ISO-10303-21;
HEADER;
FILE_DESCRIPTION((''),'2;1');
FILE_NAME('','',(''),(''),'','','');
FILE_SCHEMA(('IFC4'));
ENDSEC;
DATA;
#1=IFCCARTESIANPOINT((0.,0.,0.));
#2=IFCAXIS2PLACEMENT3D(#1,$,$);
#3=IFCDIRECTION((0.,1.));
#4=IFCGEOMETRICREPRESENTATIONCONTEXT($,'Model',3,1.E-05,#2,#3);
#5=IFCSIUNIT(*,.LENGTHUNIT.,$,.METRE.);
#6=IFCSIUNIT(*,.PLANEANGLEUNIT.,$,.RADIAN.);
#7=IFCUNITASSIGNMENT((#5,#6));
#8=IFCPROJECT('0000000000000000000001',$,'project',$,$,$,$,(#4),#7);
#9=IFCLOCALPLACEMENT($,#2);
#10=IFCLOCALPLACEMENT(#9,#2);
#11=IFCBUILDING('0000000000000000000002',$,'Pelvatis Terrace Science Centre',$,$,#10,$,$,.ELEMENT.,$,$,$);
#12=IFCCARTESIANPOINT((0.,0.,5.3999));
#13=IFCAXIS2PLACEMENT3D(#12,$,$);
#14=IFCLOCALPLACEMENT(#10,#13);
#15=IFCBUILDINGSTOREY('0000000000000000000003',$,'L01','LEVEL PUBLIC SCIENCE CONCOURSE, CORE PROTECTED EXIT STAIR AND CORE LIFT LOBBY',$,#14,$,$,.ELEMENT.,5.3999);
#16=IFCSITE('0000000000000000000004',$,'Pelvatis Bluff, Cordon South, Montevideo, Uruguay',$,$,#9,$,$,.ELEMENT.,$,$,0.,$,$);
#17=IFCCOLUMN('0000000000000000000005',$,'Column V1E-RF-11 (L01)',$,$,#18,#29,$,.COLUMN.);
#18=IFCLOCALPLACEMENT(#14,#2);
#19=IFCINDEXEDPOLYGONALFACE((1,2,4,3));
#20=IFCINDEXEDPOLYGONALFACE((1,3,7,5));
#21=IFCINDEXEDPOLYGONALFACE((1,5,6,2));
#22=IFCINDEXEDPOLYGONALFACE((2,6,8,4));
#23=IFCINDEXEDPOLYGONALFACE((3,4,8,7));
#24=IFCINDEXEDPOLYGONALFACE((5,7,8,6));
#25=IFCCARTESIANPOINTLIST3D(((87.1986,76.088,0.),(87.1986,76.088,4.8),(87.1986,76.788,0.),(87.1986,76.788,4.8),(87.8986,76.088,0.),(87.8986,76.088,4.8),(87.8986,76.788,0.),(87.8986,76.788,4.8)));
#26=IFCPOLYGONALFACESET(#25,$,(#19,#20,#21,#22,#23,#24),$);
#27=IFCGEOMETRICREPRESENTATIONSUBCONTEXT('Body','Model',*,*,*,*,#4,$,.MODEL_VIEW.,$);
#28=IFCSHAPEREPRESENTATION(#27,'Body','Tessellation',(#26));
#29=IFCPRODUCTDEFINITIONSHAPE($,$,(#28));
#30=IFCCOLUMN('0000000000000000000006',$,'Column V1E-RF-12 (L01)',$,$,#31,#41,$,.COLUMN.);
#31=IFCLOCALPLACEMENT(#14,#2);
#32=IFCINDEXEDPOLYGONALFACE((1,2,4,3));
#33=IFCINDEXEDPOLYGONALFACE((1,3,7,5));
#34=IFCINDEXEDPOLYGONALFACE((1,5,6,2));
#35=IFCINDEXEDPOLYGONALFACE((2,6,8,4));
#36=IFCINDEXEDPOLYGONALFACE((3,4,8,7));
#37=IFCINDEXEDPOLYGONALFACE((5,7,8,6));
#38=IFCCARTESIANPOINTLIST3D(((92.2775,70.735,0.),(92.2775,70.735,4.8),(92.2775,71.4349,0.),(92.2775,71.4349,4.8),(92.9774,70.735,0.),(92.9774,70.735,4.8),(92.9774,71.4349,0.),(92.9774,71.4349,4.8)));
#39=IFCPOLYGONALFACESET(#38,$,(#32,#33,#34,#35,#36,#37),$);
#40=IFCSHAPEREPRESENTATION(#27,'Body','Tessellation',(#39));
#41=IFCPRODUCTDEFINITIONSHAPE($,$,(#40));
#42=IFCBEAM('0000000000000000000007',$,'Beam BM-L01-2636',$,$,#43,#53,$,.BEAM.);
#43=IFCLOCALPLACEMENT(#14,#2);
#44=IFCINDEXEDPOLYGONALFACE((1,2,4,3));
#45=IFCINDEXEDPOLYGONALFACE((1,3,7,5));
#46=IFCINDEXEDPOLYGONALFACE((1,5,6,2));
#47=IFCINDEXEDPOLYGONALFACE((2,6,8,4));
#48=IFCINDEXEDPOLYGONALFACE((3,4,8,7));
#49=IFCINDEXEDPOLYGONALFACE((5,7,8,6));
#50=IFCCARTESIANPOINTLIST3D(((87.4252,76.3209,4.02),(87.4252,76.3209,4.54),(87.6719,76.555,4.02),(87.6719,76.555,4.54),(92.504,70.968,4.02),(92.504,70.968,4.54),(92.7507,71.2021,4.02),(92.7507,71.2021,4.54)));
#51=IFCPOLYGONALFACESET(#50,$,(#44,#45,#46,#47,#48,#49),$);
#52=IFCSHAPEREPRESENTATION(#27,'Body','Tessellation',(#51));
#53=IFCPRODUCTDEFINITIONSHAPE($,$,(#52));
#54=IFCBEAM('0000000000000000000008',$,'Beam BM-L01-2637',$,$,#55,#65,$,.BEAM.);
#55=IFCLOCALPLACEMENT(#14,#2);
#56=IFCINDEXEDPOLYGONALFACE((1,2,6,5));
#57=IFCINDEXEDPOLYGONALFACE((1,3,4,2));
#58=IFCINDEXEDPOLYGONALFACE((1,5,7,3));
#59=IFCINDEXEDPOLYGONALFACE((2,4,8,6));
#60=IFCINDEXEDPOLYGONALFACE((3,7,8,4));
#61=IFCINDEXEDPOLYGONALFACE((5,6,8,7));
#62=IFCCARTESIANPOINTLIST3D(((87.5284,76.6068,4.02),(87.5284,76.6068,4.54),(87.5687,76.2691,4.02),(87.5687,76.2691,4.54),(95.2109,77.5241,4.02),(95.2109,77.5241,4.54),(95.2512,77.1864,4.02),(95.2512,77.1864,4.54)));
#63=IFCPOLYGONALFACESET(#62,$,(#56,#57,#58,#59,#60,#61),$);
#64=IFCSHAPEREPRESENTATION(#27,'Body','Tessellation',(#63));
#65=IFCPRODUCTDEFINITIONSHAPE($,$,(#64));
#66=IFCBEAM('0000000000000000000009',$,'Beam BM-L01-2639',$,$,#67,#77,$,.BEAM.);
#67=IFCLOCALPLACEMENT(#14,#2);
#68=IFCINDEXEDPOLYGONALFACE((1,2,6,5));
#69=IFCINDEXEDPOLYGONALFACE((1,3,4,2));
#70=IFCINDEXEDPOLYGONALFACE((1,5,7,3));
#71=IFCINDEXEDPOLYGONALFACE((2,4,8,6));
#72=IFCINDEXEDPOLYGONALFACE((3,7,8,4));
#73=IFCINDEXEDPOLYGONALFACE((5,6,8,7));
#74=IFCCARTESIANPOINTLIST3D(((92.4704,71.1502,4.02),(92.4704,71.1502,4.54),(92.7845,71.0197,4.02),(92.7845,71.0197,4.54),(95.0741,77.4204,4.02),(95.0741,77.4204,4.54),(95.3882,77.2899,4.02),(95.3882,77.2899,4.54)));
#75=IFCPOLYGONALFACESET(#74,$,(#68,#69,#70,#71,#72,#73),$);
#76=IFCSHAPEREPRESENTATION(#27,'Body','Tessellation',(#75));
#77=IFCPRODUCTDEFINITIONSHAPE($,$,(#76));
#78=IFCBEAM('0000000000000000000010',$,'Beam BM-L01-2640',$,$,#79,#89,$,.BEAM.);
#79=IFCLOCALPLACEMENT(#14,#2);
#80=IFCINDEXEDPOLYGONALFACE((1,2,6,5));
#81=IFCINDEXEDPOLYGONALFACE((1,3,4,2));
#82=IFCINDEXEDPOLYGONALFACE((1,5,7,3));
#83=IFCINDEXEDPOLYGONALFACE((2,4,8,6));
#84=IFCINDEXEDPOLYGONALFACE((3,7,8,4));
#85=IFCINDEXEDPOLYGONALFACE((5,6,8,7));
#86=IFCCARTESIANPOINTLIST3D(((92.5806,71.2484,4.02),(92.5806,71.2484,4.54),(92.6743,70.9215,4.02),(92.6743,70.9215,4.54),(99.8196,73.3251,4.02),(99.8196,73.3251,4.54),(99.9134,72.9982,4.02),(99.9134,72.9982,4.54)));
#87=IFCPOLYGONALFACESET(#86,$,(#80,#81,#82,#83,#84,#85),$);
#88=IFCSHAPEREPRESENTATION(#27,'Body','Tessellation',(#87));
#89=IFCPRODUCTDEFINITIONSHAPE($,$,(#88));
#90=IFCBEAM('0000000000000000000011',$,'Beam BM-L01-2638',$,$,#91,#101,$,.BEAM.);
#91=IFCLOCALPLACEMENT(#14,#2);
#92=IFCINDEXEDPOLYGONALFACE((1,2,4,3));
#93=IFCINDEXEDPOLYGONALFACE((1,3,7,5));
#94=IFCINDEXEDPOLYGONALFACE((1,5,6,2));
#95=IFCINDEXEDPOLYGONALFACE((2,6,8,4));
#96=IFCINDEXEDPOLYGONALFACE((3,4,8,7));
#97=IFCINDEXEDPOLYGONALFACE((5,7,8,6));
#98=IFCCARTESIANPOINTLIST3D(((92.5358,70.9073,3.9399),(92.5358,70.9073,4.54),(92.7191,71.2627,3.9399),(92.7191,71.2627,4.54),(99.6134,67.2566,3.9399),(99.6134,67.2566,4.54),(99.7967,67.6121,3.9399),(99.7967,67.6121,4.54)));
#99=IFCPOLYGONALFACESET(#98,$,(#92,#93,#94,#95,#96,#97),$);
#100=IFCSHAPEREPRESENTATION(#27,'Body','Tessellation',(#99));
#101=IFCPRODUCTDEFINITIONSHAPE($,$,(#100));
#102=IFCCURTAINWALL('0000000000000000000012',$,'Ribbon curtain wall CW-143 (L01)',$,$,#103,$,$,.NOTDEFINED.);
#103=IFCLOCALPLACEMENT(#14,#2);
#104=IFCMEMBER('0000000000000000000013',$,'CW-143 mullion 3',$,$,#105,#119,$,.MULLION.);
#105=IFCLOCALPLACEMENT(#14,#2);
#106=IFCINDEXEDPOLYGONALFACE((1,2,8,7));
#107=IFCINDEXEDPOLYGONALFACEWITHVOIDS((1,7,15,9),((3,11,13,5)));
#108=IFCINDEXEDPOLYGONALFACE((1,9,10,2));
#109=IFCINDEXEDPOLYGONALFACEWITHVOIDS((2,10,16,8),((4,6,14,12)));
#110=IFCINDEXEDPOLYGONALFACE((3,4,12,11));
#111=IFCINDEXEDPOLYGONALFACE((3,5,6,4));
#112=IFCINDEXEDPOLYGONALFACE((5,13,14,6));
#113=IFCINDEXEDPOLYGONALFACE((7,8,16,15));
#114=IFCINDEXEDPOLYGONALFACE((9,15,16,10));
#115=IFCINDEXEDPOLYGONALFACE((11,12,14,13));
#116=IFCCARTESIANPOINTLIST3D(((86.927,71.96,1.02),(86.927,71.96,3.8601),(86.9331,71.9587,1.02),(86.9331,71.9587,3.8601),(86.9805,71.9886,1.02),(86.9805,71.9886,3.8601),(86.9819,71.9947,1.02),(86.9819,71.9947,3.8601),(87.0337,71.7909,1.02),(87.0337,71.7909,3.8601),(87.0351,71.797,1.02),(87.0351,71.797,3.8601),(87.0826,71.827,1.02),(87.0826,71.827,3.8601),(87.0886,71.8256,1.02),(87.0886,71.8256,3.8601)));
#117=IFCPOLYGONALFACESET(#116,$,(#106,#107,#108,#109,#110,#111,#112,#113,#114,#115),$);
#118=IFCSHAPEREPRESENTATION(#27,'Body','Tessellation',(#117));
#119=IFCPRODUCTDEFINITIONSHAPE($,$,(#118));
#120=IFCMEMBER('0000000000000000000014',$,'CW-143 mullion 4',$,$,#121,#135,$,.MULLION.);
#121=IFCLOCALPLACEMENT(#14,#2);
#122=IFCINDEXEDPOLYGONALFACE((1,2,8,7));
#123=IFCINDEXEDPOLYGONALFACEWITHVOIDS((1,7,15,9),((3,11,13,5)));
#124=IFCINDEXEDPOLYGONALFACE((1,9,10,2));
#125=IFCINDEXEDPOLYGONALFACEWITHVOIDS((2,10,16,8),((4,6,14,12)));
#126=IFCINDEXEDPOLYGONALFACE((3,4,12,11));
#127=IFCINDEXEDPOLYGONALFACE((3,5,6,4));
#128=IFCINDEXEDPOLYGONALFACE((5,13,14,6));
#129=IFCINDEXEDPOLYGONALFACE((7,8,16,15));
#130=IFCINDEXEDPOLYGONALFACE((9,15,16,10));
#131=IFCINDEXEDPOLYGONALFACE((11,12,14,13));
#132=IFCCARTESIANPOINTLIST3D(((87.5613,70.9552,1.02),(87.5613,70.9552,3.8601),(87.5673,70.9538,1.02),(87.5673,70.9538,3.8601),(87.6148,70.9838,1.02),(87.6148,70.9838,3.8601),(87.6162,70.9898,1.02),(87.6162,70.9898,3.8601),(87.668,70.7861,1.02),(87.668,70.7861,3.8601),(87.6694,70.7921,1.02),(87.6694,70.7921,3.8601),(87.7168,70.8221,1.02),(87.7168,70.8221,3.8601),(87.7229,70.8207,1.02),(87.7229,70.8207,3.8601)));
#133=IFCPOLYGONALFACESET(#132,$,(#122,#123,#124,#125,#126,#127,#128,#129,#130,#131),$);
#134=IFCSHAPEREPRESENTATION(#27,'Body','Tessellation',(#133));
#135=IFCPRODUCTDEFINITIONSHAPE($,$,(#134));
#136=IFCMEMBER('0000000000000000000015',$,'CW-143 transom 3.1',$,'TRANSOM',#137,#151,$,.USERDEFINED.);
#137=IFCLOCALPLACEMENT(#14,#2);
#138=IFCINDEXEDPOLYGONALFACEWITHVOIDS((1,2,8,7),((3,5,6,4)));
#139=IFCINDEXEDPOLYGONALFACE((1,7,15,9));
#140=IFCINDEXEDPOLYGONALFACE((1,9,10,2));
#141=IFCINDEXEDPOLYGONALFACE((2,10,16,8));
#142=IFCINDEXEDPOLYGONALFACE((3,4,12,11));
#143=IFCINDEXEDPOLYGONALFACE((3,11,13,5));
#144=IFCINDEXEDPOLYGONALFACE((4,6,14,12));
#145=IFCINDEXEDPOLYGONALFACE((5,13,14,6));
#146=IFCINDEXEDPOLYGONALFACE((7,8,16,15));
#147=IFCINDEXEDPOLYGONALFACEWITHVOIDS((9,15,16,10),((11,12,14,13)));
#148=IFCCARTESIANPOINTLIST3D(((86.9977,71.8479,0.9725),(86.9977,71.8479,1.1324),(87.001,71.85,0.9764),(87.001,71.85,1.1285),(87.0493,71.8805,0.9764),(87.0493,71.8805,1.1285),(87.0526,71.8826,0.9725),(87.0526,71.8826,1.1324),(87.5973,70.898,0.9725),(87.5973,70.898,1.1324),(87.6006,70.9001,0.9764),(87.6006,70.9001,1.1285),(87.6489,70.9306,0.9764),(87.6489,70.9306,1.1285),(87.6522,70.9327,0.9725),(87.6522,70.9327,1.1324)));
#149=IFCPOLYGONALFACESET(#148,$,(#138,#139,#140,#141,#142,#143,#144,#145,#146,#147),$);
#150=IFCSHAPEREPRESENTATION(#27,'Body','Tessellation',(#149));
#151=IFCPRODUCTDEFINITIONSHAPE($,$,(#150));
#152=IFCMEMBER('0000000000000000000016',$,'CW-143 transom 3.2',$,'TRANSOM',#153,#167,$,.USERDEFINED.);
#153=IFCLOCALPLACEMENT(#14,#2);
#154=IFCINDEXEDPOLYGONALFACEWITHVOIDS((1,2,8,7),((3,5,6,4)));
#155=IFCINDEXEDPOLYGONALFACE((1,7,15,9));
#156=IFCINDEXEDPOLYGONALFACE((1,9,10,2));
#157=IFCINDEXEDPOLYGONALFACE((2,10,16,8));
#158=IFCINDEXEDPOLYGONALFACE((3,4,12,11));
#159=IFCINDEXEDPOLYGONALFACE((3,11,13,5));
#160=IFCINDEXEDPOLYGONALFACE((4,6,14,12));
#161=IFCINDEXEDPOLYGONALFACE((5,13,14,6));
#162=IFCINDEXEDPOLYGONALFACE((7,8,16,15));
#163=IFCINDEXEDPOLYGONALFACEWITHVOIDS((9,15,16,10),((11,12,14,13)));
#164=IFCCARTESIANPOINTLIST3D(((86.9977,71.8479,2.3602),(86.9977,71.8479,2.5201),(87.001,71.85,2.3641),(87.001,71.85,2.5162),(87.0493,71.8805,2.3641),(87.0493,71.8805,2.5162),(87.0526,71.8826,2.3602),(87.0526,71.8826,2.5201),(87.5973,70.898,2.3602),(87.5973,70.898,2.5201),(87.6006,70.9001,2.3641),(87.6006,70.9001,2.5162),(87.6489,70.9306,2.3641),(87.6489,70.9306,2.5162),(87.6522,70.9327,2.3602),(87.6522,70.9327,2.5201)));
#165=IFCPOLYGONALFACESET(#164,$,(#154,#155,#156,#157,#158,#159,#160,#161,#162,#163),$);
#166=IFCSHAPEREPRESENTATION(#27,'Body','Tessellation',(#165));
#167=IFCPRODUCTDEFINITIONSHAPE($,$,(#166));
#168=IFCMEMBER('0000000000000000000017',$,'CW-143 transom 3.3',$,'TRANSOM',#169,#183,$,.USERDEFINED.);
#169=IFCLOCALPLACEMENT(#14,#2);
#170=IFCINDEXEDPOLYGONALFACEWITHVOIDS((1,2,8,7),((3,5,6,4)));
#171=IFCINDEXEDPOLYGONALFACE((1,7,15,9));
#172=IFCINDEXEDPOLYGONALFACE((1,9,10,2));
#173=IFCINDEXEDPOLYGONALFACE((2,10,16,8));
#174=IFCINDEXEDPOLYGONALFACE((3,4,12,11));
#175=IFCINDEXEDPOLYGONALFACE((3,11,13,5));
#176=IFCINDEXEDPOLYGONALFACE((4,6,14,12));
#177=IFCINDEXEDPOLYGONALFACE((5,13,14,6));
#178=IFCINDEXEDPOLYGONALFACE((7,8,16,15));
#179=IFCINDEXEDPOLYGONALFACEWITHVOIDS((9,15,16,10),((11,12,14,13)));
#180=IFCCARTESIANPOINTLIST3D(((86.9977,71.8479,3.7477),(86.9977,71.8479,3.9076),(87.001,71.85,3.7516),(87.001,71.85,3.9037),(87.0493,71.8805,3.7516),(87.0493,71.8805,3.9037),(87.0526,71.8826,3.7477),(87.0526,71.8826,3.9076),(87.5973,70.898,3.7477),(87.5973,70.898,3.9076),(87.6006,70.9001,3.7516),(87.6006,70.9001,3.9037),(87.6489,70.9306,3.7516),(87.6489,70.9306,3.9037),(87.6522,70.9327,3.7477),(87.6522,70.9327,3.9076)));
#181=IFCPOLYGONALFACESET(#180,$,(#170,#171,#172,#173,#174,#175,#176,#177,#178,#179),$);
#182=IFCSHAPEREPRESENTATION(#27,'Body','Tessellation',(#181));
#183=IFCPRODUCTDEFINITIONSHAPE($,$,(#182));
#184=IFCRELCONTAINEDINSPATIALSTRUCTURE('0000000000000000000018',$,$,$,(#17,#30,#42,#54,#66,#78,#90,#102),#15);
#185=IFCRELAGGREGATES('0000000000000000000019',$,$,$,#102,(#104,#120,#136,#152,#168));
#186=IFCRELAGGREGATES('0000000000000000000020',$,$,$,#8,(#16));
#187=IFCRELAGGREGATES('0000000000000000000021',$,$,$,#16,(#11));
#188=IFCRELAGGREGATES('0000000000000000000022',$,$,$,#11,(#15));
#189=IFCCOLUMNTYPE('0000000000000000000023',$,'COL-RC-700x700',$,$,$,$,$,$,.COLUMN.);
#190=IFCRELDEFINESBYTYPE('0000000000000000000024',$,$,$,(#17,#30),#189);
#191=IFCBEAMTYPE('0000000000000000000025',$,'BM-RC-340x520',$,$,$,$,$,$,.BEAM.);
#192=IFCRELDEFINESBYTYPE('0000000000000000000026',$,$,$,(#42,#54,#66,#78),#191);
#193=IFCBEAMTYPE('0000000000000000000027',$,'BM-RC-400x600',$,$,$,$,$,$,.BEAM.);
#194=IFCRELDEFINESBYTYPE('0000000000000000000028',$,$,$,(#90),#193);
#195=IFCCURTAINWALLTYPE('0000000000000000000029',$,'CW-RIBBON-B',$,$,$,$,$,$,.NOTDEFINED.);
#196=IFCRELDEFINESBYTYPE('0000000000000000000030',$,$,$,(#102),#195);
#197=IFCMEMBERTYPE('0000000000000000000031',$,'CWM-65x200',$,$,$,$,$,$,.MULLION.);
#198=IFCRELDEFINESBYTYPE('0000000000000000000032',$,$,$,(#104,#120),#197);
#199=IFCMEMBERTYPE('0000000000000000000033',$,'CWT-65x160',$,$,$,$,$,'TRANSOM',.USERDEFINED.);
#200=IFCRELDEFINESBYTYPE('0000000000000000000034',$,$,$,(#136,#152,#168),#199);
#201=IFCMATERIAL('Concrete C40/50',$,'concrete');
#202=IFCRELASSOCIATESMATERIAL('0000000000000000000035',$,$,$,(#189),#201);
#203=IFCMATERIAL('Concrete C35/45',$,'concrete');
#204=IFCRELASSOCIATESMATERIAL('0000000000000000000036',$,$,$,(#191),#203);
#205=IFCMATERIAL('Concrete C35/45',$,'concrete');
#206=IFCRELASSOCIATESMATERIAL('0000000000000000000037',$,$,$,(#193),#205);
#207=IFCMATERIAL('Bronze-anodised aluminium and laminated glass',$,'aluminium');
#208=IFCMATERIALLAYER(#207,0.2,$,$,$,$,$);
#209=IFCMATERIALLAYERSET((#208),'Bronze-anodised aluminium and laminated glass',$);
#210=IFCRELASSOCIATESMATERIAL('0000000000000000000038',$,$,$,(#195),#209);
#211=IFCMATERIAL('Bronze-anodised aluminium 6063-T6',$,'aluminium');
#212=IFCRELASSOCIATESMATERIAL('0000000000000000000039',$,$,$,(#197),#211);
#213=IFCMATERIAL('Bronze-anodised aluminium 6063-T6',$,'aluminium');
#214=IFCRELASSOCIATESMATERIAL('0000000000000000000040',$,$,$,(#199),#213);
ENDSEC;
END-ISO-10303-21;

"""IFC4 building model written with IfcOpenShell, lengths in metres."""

from ifc_helpers import new_model, si_unit, direction, frame, origin, origin_2d, place, context, subcontext, project, spatial, rectangle, hollow_rectangle, extrude, material, layer, layer_set, material_profile, profile_set, type_object, element, aggregate, save


model = new_model("IFC4")

# Units and contexts
model_context = context("Model", 3, precision=1e-05, world=origin(), true_north=direction((0.0, 1.0)))
body_context = subcontext(model_context, "Body", "Model", "MODEL_VIEW")
ifc_project = project(units=[si_unit("LENGTHUNIT", "METRE"), si_unit("PLANEANGLEUNIT", "RADIAN")], contexts=[model_context])

# Site, building, storey
site_placement = place(None, origin())
site = spatial("IfcSite", under=ifc_project, at=site_placement, Name="Pelvatis Bluff, Cordon South, Montevideo, Uruguay", CompositionType="ELEMENT", RefElevation=0.0)
building_placement = place(site_placement, origin())
building = spatial("IfcBuilding", under=site, at=building_placement, Name="Pelvatis Terrace Science Centre", CompositionType="ELEMENT")
storey_placement = place(building_placement, frame((0.0, 0.0, 5.3999)))
storey = spatial("IfcBuildingStorey", under=building, at=storey_placement, Name="L01", Description="LEVEL PUBLIC SCIENCE CONCOURSE, CORE PROTECTED EXIT STAIR AND CORE LIFT LOBBY", CompositionType="ELEMENT", Elevation=5.3999)

# Columns
ifc_material_1 = material(Name="Concrete C40/50", Category="concrete")
ifc_material_profile_1 = material_profile(ifc_material_1, rectangle(XDim=0.7, YDim=0.7, at=origin_2d()), Name="RC-COL 700x700")
ifc_profile_set_1 = profile_set([ifc_material_profile_1], Name="Concrete C40/50")
column_type = type_object("IfcColumnType", Name="COL-RC-700x700", PredefinedType="COLUMN", material=ifc_profile_set_1)
for number, where, z_axis, x_axis, name in (
    (1, (87.5486, 76.438, 0.0), (0.0, 0.0, 1.0), (1.0, 0.0, 0.0), "Column V1E-RF-11 (L01)"),
    (2, (92.6274, 71.085, 0.0), (0.0, 0.0, 1.0), (1.0, 0.0, 0.0), "Column V1E-RF-12 (L01)"),
):
    element("IfcColumn", number, at=place(storey_placement, frame(where, z_axis=z_axis, x_axis=x_axis)), inside=storey, type_object=column_type, Name=name, PredefinedType="COLUMN", context=body_context, shape_type="SweptSolid", body=[
        extrude(rectangle(XDim=0.7, YDim=0.7, at=origin_2d()), origin(), (0.0, 0.0, 1.0), 4.8),
    ])

# Beams
ifc_material_2 = material(Name="Concrete C35/45", Category="concrete")
ifc_material_profile_2 = material_profile(ifc_material_2, rectangle(XDim=0.3401, YDim=0.52, at=origin_2d()), Name="RC-BM 340x520")
ifc_profile_set_2 = profile_set([ifc_material_profile_2], Name="Concrete C35/45")
beam_type_1 = type_object("IfcBeamType", Name="BM-RC-340x520", PredefinedType="BEAM", material=ifc_profile_set_2)
beam_1_placement = place(storey_placement, frame((87.5486, 76.438, 4.28), z_axis=(0.688285, -0.72544, 0.0), x_axis=(0.72544, 0.688285, 0.0)))
element("IfcBeam", 3, at=beam_1_placement, inside=storey, type_object=beam_type_1, Name="Beam BM-L01-2636", PredefinedType="BEAM", context=body_context, shape_type="SweptSolid", body=[
    extrude(rectangle(XDim=0.3401, YDim=0.52, at=origin_2d()), origin(), (0.0, 0.0, 1.0), 7.3789),
])
beam_2_placement = place(storey_placement, frame((87.5486, 76.438, 4.28), z_axis=(0.992948, 0.118549, 0.0), x_axis=(-0.118549, 0.992948, 0.0)))
element("IfcBeam", 4, at=beam_2_placement, inside=storey, type_object=beam_type_1, Name="Beam BM-L01-2637", PredefinedType="BEAM", context=body_context, shape_type="SweptSolid", body=[
    extrude(rectangle(XDim=0.3401, YDim=0.52, at=origin_2d()), origin(), (0.0, 0.0, 1.0), 7.7371),
])
beam_3_placement = place(storey_placement, frame((92.6274, 71.085, 4.28), z_axis=(0.383504, 0.923539, 0.0), x_axis=(-0.923539, 0.383504, 0.0)))
element("IfcBeam", 5, at=beam_3_placement, inside=storey, type_object=beam_type_1, Name="Beam BM-L01-2639", PredefinedType="BEAM", context=body_context, shape_type="SweptSolid", body=[
    extrude(rectangle(XDim=0.3401, YDim=0.52, at=origin_2d()), origin(), (0.0, 0.0, 1.0), 6.7893),
])
beam_4_placement = place(storey_placement, frame((92.6274, 71.085, 4.28), z_axis=(0.96123, 0.275749, 0.0), x_axis=(-0.275749, 0.96123, 0.0)))
element("IfcBeam", 6, at=beam_4_placement, inside=storey, type_object=beam_type_1, Name="Beam BM-L01-2640", PredefinedType="BEAM", context=body_context, shape_type="SweptSolid", body=[
    extrude(rectangle(XDim=0.3401, YDim=0.52, at=origin_2d()), origin(), (0.0, 0.0, 1.0), 7.531),
])
ifc_material_3 = material(Name="Concrete C35/45", Category="concrete")
ifc_material_profile_3 = material_profile(ifc_material_3, rectangle(XDim=0.3999, YDim=0.6001, at=origin_2d()), Name="RC-BM 400x600")
ifc_profile_set_3 = profile_set([ifc_material_profile_3], Name="Concrete C35/45")
beam_type_2 = type_object("IfcBeamType", Name="BM-RC-400x600", PredefinedType="BEAM", material=ifc_profile_set_3)
beam_5_placement = place(storey_placement, frame((92.6274, 71.085, 4.24), z_axis=(0.88874, -0.458411, 0.0), x_axis=(0.458411, 0.88874, 0.0)))
element("IfcBeam", 7, at=beam_5_placement, inside=storey, type_object=beam_type_2, Name="Beam BM-L01-2638", PredefinedType="BEAM", context=body_context, shape_type="SweptSolid", body=[
    extrude(rectangle(XDim=0.3999, YDim=0.6001, at=origin_2d()), origin(), (0.0, 0.0, 1.0), 7.9636),
])

# Curtain wall, members
ifc_material_4 = material(Name="Bronze-anodised aluminium and laminated glass", Category="aluminium")
ifc_layer_1 = layer(ifc_material_4, 0.2)
ifc_layer_set_1 = layer_set([ifc_layer_1], Name="Bronze-anodised aluminium and laminated glass")
curtain_wall_type = type_object("IfcCurtainWallType", Name="CW-RIBBON-B", PredefinedType="NOTDEFINED", material=ifc_layer_set_1)
curtain_wall_placement = place(storey_placement, origin())
curtain_wall = element("IfcCurtainWall", 8, at=curtain_wall_placement, inside=storey, type_object=curtain_wall_type, Name="Ribbon curtain wall CW-143 (L01)", PredefinedType="NOTDEFINED")
ifc_material_5 = material(Name="Bronze-anodised aluminium 6063-T6", Category="aluminium")
ifc_material_profile_4 = material_profile(ifc_material_5, hollow_rectangle(XDim=0.0649, YDim=0.2, WallThickness=0.0044, at=origin_2d()), Name="ALU-MUL 65x200")
ifc_profile_set_4 = profile_set([ifc_material_profile_4], Name="Bronze-anodised aluminium 6063-T6")
member_type_1 = type_object("IfcMemberType", Name="CWM-65x200", PredefinedType="MULLION", material=ifc_profile_set_4)
member_1_placement = place(storey_placement, frame((87.0078, 71.8928, 1.02), z_axis=(0.0, 0.0, 1.0), x_axis=(0.845678, 0.533693, 0.0)))
member_1 = element("IfcMember", 9, at=member_1_placement, type_object=member_type_1, Name="CW-143 mullion 3", PredefinedType="MULLION", context=body_context, shape_type="SweptSolid", body=[
    extrude(hollow_rectangle(XDim=0.0649, YDim=0.2, WallThickness=0.0044, at=origin_2d()), origin(), (0.0, 0.0, 1.0), 2.8401),
])
member_2_placement = place(storey_placement, frame((87.6421, 70.8879, 1.02), z_axis=(0.0, 0.0, 1.0), x_axis=(0.845678, 0.533693, 0.0)))
member_2 = element("IfcMember", 10, at=member_2_placement, type_object=member_type_1, Name="CW-143 mullion 4", PredefinedType="MULLION", context=body_context, shape_type="SweptSolid", body=[
    extrude(hollow_rectangle(XDim=0.0649, YDim=0.2, WallThickness=0.0044, at=origin_2d()), origin(), (0.0, 0.0, 1.0), 2.8401),
])
ifc_material_6 = material(Name="Bronze-anodised aluminium 6063-T6", Category="aluminium")
ifc_material_profile_5 = material_profile(ifc_material_6, hollow_rectangle(XDim=0.0649, YDim=0.1599, WallThickness=0.0039, at=origin_2d()), Name="ALU-TRN 65x160")
ifc_profile_set_5 = profile_set([ifc_material_profile_5], Name="Bronze-anodised aluminium 6063-T6")
member_type_2 = type_object("IfcMemberType", Name="CWT-65x160", ElementType="TRANSOM", PredefinedType="USERDEFINED", material=ifc_profile_set_5)
member_3_placement = place(storey_placement, frame((87.0251, 71.8652, 1.0525), z_axis=(0.533764, -0.845633, 0.0), x_axis=(0.845633, 0.533764, 0.0)))
member_3 = element("IfcMember", 11, at=member_3_placement, type_object=member_type_2, Name="CW-143 transom 3.1", ObjectType="TRANSOM", PredefinedType="USERDEFINED", context=body_context, shape_type="SweptSolid", body=[
    extrude(hollow_rectangle(XDim=0.0649, YDim=0.1599, WallThickness=0.0039, at=origin_2d()), origin(), (0.0, 0.0, 1.0), 1.1233),
])
member_4_placement = place(storey_placement, frame((87.0251, 71.8652, 2.4402), z_axis=(0.533764, -0.845633, 0.0), x_axis=(0.845633, 0.533764, 0.0)))
member_4 = element("IfcMember", 12, at=member_4_placement, type_object=member_type_2, Name="CW-143 transom 3.2", ObjectType="TRANSOM", PredefinedType="USERDEFINED", context=body_context, shape_type="SweptSolid", body=[
    extrude(hollow_rectangle(XDim=0.0649, YDim=0.1599, WallThickness=0.0039, at=origin_2d()), origin(), (0.0, 0.0, 1.0), 1.1233),
])
member_5_placement = place(storey_placement, frame((87.0251, 71.8652, 3.8276), z_axis=(0.533764, -0.845633, 0.0), x_axis=(0.845633, 0.533764, 0.0)))
member_5 = element("IfcMember", 13, at=member_5_placement, type_object=member_type_2, Name="CW-143 transom 3.3", ObjectType="TRANSOM", PredefinedType="USERDEFINED", context=body_context, shape_type="SweptSolid", body=[
    extrude(hollow_rectangle(XDim=0.0649, YDim=0.1599, WallThickness=0.0039, at=origin_2d()), origin(), (0.0, 0.0, 1.0), 1.1233),
])
aggregate(curtain_wall, [member_1, member_2, member_3, member_4, member_5])

save(model, "model.ifc")
